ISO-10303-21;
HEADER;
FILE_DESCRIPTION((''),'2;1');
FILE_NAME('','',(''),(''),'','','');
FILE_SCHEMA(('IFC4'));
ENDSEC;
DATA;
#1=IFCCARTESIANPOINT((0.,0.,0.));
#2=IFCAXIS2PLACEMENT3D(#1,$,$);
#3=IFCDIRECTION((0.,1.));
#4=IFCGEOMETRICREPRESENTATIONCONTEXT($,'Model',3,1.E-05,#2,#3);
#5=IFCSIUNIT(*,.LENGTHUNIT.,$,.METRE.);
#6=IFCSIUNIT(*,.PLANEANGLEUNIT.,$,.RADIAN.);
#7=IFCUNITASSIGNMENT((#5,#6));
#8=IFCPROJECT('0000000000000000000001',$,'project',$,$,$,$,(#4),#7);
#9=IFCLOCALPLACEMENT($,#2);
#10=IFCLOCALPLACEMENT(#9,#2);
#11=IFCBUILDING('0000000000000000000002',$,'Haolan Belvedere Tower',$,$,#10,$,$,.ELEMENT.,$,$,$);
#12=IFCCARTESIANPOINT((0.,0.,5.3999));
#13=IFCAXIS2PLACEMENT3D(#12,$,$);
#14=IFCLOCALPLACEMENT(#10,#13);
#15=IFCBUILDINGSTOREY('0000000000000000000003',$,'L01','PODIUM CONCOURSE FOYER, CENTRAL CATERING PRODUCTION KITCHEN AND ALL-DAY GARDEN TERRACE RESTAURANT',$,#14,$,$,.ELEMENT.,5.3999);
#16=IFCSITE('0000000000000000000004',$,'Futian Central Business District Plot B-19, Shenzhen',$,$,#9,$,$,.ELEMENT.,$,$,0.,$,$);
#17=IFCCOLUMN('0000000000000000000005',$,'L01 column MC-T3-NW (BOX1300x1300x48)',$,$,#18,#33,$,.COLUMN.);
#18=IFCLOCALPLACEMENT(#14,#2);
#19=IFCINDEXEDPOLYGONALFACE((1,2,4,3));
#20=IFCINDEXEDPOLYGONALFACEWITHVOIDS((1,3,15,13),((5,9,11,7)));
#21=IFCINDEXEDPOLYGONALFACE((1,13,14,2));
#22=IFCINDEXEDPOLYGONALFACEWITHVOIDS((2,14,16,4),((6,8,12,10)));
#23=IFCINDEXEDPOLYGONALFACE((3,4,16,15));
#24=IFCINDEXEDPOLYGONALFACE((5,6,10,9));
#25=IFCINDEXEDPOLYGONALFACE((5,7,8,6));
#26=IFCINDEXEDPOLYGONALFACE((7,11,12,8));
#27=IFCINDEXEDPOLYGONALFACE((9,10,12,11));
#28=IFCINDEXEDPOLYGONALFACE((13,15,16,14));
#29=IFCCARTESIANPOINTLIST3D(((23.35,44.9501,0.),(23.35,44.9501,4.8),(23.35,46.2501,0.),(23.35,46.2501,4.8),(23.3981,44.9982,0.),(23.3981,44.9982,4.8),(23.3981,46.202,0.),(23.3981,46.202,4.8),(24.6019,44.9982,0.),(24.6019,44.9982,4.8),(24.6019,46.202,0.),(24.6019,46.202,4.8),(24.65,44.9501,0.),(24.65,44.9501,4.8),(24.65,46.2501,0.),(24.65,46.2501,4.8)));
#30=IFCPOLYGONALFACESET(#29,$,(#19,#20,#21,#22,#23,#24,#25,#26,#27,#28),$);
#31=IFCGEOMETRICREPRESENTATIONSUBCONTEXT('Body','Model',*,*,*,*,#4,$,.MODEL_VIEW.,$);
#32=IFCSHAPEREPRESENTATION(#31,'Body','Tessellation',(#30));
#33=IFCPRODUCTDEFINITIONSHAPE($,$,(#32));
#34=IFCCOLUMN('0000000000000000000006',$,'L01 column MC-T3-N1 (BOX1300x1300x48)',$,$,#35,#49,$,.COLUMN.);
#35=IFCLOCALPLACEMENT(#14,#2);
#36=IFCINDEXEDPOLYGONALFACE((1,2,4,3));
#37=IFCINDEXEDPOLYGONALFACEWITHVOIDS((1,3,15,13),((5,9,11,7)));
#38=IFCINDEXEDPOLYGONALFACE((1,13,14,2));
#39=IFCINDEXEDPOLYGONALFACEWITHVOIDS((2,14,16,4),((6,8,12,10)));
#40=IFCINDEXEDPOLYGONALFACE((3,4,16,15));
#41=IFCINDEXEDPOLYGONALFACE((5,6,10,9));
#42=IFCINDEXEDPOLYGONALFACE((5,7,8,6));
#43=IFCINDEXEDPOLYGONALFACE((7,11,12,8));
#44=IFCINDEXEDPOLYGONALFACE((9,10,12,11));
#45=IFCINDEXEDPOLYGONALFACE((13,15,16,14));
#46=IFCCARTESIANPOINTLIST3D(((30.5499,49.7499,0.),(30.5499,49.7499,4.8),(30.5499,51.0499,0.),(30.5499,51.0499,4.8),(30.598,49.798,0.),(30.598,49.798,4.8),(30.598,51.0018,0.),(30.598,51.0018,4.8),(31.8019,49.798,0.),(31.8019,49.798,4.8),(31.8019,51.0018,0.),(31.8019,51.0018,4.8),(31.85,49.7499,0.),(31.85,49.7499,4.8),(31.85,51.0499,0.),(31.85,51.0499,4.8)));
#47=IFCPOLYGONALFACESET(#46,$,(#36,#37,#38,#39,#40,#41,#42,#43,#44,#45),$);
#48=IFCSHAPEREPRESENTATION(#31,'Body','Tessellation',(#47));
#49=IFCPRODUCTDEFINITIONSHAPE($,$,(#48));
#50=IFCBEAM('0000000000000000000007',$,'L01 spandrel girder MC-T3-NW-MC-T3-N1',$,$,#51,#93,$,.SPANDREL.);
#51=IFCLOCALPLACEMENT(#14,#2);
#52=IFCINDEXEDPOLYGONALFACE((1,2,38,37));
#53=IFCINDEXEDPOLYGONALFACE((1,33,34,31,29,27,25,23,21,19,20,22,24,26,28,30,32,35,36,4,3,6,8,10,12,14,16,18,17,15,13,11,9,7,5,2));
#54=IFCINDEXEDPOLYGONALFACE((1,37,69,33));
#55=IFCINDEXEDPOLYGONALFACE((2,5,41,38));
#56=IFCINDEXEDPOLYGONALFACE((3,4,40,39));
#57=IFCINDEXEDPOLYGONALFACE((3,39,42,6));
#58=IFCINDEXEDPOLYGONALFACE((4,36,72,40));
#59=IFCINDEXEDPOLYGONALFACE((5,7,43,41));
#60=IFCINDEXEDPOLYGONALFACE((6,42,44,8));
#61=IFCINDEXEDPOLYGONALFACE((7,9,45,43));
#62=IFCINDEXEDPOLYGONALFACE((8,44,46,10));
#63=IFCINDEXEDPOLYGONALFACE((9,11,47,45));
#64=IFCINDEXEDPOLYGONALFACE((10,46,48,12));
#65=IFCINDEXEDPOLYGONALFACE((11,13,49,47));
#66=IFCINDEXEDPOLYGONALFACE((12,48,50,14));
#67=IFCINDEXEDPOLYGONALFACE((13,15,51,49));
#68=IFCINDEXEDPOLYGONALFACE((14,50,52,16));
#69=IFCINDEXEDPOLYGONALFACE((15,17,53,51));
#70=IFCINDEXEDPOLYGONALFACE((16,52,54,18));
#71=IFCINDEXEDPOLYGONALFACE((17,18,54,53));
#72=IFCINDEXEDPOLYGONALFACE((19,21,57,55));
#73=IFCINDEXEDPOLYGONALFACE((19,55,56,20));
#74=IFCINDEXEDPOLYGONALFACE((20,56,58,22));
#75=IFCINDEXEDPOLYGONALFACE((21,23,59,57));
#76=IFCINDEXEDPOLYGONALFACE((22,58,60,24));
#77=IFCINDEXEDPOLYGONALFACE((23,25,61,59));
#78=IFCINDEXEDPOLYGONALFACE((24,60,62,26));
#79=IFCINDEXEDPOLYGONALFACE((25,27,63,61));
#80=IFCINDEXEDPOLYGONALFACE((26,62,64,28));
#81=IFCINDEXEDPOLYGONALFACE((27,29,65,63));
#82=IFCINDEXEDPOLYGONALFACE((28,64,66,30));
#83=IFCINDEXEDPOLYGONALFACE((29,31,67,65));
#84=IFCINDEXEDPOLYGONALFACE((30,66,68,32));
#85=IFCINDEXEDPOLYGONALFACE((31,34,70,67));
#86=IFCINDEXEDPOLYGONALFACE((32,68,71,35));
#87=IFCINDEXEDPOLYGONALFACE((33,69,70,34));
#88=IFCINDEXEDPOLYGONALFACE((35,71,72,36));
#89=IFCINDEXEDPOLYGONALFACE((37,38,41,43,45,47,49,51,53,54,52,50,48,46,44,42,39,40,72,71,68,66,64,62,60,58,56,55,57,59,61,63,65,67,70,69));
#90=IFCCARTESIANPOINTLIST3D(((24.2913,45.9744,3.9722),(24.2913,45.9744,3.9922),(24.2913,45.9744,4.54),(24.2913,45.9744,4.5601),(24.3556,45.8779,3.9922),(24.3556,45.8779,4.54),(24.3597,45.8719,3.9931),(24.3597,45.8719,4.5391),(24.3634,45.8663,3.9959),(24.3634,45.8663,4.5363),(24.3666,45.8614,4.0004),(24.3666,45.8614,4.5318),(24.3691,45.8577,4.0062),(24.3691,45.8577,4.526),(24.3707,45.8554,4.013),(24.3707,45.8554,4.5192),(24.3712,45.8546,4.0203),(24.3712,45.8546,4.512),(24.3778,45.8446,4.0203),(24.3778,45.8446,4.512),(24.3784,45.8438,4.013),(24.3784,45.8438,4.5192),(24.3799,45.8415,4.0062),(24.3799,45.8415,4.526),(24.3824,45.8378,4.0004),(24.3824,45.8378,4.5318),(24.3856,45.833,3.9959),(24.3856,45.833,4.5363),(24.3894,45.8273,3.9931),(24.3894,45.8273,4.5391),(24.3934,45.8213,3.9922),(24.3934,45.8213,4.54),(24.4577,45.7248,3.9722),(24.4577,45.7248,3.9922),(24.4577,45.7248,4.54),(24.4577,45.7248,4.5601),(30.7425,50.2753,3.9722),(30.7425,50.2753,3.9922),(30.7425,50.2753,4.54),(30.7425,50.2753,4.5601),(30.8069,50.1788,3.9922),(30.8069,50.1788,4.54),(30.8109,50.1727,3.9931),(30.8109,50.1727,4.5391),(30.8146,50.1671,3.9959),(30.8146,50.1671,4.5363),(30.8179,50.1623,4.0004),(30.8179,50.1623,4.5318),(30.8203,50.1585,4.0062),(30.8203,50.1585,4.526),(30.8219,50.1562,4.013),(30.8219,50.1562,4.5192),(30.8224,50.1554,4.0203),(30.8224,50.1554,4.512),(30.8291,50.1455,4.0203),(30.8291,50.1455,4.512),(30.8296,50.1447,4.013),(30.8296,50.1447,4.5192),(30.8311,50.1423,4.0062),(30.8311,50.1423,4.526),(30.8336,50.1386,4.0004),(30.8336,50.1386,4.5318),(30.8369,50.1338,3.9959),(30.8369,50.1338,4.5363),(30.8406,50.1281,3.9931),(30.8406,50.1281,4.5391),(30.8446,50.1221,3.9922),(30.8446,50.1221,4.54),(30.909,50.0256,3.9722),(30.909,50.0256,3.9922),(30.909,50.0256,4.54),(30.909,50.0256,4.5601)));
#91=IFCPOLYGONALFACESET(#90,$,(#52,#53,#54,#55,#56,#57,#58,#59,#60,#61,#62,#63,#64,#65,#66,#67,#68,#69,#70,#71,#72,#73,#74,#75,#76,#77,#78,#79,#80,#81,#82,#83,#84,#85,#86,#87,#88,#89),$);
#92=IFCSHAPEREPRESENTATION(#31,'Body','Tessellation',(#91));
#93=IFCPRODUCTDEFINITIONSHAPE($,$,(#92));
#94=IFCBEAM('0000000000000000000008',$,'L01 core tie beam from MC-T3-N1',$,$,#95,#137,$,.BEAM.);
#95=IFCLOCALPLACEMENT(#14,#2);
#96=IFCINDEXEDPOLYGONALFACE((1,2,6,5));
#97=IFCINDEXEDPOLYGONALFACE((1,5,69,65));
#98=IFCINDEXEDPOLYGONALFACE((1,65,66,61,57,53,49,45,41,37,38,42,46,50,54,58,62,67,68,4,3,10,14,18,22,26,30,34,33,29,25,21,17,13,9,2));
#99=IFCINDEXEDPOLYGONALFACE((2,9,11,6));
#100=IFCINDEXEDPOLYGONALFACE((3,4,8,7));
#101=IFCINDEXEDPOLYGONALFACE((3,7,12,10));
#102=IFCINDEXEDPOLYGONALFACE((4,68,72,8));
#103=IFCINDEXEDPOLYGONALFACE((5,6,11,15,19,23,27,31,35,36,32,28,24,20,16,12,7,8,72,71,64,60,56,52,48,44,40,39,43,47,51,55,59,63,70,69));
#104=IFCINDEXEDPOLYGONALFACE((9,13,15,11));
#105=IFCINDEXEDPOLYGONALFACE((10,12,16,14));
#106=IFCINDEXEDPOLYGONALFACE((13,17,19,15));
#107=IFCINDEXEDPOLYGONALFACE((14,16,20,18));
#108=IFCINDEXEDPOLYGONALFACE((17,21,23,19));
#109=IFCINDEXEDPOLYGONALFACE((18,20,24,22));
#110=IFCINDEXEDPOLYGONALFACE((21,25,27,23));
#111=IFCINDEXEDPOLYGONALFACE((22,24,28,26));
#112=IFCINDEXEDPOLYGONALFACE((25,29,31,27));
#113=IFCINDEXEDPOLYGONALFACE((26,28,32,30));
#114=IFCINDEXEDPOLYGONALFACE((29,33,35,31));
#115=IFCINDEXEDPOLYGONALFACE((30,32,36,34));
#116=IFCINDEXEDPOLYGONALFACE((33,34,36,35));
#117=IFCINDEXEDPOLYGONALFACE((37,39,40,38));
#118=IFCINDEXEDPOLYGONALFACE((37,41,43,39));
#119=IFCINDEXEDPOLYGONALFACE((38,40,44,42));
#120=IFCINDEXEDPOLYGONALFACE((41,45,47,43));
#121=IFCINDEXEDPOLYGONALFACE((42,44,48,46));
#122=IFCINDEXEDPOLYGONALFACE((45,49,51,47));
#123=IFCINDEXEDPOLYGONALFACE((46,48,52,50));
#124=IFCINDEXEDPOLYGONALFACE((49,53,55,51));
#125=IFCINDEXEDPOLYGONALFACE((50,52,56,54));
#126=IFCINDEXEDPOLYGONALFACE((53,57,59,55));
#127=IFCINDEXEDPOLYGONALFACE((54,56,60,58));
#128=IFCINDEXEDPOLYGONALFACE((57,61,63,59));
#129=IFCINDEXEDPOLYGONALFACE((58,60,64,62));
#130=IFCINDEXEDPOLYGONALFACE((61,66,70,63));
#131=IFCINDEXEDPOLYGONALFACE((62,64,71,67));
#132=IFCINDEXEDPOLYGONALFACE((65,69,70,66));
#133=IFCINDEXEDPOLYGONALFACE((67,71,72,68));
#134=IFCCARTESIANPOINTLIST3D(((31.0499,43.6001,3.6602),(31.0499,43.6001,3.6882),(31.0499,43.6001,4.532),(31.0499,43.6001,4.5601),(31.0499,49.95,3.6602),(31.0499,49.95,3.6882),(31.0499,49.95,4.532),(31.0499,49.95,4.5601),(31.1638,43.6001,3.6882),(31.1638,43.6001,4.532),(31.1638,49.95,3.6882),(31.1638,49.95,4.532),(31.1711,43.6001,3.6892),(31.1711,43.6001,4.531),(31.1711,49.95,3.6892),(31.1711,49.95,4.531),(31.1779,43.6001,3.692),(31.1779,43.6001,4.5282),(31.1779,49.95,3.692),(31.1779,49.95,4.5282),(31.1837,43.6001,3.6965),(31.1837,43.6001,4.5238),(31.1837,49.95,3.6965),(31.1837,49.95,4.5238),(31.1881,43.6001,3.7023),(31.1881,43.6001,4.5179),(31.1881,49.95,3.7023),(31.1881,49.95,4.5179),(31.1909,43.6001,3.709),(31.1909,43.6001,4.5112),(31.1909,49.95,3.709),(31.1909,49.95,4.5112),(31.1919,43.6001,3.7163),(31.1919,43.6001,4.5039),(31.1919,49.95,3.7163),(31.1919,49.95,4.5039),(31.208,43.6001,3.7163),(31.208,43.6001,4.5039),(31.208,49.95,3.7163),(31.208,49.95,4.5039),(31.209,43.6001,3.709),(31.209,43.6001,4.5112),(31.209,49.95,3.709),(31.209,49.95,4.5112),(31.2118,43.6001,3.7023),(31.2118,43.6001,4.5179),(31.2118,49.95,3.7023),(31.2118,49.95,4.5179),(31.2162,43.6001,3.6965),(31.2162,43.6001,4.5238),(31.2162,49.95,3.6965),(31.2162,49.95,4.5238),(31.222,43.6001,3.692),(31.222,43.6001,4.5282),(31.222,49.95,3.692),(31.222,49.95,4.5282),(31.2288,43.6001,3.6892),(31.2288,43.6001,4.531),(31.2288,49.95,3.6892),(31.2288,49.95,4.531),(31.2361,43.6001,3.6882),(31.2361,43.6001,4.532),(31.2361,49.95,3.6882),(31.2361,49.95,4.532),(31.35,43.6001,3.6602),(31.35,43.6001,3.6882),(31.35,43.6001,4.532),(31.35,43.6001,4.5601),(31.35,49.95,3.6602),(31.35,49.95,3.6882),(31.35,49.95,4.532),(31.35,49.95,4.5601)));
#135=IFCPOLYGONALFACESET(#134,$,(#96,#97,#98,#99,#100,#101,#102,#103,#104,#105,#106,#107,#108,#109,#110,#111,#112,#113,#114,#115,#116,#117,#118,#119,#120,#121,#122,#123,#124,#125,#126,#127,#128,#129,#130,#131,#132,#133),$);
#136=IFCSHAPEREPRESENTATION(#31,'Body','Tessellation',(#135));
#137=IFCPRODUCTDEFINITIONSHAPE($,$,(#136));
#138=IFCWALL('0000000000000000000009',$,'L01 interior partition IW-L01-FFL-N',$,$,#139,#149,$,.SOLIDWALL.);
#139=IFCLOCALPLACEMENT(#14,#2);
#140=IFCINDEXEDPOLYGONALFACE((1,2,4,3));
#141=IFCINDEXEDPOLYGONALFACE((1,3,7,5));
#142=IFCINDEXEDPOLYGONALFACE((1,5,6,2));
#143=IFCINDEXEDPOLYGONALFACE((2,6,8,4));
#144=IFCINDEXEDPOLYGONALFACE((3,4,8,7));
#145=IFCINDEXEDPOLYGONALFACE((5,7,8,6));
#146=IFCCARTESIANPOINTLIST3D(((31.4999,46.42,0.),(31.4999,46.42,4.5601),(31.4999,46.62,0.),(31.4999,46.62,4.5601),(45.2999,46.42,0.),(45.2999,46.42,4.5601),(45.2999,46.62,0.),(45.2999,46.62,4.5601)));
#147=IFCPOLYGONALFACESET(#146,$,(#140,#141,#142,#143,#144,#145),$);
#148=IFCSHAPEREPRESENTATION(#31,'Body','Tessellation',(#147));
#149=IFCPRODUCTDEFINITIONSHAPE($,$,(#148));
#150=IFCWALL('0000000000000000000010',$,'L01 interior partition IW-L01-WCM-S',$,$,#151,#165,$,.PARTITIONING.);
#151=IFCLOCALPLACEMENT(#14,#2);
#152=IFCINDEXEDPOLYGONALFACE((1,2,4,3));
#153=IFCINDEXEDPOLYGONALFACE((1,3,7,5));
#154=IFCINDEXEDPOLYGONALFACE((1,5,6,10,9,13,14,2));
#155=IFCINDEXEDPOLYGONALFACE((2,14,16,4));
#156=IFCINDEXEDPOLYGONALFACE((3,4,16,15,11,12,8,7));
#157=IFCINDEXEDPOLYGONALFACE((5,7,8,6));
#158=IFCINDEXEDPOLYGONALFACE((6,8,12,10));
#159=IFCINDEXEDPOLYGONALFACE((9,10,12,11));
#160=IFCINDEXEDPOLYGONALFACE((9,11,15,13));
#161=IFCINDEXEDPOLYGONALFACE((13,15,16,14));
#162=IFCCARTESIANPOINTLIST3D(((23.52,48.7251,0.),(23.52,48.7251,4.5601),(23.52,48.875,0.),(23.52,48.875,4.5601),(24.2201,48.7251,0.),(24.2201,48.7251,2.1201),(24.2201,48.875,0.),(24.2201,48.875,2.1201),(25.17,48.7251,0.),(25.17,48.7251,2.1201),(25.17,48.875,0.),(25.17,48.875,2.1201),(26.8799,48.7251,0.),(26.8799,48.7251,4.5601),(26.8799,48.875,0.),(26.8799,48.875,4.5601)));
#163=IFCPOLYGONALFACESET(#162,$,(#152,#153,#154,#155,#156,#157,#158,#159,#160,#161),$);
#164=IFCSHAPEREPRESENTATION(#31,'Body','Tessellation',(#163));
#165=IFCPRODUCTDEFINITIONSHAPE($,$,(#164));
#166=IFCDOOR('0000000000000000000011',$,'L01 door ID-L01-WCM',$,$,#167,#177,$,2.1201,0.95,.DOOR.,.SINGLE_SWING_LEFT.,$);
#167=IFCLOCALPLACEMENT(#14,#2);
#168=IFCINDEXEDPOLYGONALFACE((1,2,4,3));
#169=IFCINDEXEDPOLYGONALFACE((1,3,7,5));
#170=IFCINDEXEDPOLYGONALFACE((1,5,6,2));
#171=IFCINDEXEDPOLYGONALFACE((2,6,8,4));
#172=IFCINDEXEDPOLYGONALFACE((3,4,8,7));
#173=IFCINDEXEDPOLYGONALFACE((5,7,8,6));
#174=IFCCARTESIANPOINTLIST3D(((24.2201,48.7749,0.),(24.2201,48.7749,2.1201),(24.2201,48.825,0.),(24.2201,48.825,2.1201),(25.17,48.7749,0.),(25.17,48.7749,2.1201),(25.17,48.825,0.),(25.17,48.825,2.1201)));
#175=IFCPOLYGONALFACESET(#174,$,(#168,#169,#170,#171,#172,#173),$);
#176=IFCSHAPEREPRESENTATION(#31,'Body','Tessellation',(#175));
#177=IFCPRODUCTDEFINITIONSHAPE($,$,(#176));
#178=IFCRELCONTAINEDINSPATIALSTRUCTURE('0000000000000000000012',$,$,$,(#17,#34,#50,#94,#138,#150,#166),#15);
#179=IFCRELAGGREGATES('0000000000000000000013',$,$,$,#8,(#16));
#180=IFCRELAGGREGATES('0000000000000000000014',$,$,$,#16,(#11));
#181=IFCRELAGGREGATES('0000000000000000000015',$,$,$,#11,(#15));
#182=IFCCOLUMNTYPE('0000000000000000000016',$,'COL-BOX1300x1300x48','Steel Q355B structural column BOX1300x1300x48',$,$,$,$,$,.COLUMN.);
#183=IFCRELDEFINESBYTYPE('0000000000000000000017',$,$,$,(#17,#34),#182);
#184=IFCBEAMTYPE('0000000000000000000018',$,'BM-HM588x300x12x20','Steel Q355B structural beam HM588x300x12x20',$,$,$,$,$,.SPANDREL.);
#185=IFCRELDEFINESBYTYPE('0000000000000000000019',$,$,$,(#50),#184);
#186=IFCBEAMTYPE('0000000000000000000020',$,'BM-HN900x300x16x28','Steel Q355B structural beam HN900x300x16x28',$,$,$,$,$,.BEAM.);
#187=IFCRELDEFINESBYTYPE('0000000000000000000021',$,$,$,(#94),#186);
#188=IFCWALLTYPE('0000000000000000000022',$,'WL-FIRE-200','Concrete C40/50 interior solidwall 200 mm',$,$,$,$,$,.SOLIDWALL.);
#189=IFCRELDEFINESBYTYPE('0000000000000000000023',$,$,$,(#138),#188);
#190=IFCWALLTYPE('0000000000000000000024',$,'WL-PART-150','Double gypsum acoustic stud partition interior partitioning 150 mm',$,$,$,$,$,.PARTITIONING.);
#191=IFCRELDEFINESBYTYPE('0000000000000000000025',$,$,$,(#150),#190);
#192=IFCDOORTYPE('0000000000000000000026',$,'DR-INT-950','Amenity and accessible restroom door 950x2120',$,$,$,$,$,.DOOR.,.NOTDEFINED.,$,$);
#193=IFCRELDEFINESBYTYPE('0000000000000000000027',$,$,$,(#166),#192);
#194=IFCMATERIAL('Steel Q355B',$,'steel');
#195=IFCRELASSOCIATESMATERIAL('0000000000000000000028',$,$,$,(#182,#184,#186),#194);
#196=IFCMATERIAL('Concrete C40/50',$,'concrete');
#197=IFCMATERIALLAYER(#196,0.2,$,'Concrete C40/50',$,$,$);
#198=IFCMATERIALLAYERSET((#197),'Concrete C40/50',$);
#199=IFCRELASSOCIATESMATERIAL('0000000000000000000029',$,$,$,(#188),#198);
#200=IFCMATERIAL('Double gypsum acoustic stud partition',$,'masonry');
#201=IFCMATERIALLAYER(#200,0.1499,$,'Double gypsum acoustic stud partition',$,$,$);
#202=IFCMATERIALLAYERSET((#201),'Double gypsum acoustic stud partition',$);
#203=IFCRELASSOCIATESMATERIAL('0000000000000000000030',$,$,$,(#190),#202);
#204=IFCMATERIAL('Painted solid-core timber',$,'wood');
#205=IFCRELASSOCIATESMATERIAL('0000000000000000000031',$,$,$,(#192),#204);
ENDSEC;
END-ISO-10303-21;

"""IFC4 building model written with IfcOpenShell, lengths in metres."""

from ifc_helpers import new_model, si_unit, direction, frame, frame_2d, origin, origin_2d, place, context, subcontext, project, spatial, rectangle, hollow_rectangle, i_section, extrude, material, layer, layer_set, material_profile, profile_set, type_object, element, fill, save


model = new_model("IFC4")

# Units and contexts
model_context = context("Model", 3, precision=1e-05, world=origin(), true_north=direction((0.0, 1.0)))
body_context = subcontext(model_context, "Body", "Model", "MODEL_VIEW")
ifc_project = project(units=[si_unit("LENGTHUNIT", "METRE"), si_unit("PLANEANGLEUNIT", "RADIAN")], contexts=[model_context])

# Site, building, storey
site_placement = place(None, origin())
site = spatial("IfcSite", under=ifc_project, at=site_placement, Name="Futian Central Business District Plot B-19, Shenzhen", CompositionType="ELEMENT", RefElevation=0.0)
building_placement = place(site_placement, origin())
building = spatial("IfcBuilding", under=site, at=building_placement, Name="Haolan Belvedere Tower", CompositionType="ELEMENT")
storey_placement = place(building_placement, frame((0.0, 0.0, 5.3999)))
storey = spatial("IfcBuildingStorey", under=building, at=storey_placement, Name="L01", Description="PODIUM CONCOURSE FOYER, CENTRAL CATERING PRODUCTION KITCHEN AND ALL-DAY GARDEN TERRACE RESTAURANT", CompositionType="ELEMENT", Elevation=5.3999)

# Columns
ifc_material_1 = material(Name="Steel Q355B", Category="steel")
ifc_material_profile_1 = material_profile(ifc_material_1, hollow_rectangle(XDim=1.3, YDim=1.3, WallThickness=0.0481, at=origin_2d()), Name="Steel Q355B")
ifc_profile_set_1 = profile_set([ifc_material_profile_1], Name="Steel Q355B")
column_type = type_object("IfcColumnType", Name="COL-BOX1300x1300x48", Description="Steel Q355B structural column BOX1300x1300x48", PredefinedType="COLUMN", material=ifc_profile_set_1)
for number, where, z_axis, x_axis, name in (
    (1, (24.0, 45.6001, 0.0), (0.0, 0.0, 1.0), (1.0, 0.0, 0.0), "L01 column MC-T3-NW (BOX1300x1300x48)"),
    (2, (31.2, 50.3999, 0.0), (0.0, 0.0, 1.0), (1.0, 0.0, 0.0), "L01 column MC-T3-N1 (BOX1300x1300x48)"),
):
    element("IfcColumn", number, at=place(storey_placement, frame(where, z_axis=z_axis, x_axis=x_axis)), inside=storey, type_object=column_type, Name=name, PredefinedType="COLUMN", context=body_context, shape_type="SweptSolid", body=[
        extrude(hollow_rectangle(XDim=1.3, YDim=1.3, WallThickness=0.0481, at=origin_2d()), origin(), (0.0, 0.0, 1.0), 4.8),
    ])

# Beams
ifc_material_profile_2 = material_profile(ifc_material_1, i_section(OverallWidth=0.3, OverallDepth=0.5879, WebThickness=0.012, FlangeThickness=0.02, FilletRadius=0.0281, at=origin_2d()), Name="Steel Q355B")
ifc_profile_set_2 = profile_set([ifc_material_profile_2], Name="Steel Q355B")
beam_type_1 = type_object("IfcBeamType", Name="BM-HM588x300x12x20", Description="Steel Q355B structural beam HM588x300x12x20", PredefinedType="SPANDREL", material=ifc_profile_set_2)
beam_1_placement = place(storey_placement, frame((24.3745, 45.8496, 4.2661), z_axis=(0.83205, 0.5547, 0.0), x_axis=(-0.5547, 0.83205, 0.0)))
element("IfcBeam", 3, at=beam_1_placement, inside=storey, type_object=beam_type_1, Name="L01 spandrel girder MC-T3-NW-MC-T3-N1", PredefinedType="SPANDREL", context=body_context, shape_type="SweptSolid", body=[
    extrude(i_section(OverallWidth=0.3, OverallDepth=0.5879, WebThickness=0.012, FlangeThickness=0.02, FilletRadius=0.0281, at=origin_2d()), origin(), (0.0, 0.0, 1.0), 7.7534),
])
ifc_material_profile_3 = material_profile(ifc_material_1, i_section(OverallWidth=0.3, OverallDepth=0.8999, WebThickness=0.0161, FlangeThickness=0.0281, FilletRadius=0.0281, at=origin_2d()), Name="Steel Q355B")
ifc_profile_set_3 = profile_set([ifc_material_profile_3], Name="Steel Q355B")
beam_type_2 = type_object("IfcBeamType", Name="BM-HN900x300x16x28", Description="Steel Q355B structural beam HN900x300x16x28", PredefinedType="BEAM", material=ifc_profile_set_3)
beam_2_placement = place(storey_placement, frame((31.2, 49.95, 4.1101), z_axis=(0.0, -1.0, 0.0), x_axis=(1.0, 0.0, 0.0)))
element("IfcBeam", 4, at=beam_2_placement, inside=storey, type_object=beam_type_2, Name="L01 core tie beam from MC-T3-N1", PredefinedType="BEAM", context=body_context, shape_type="SweptSolid", body=[
    extrude(i_section(OverallWidth=0.3, OverallDepth=0.8999, WebThickness=0.0161, FlangeThickness=0.0281, FilletRadius=0.0281, at=origin_2d()), origin(), (0.0, 0.0, 1.0), 6.3499),
])

# Wall
ifc_material_2 = material(Name="Concrete C40/50", Category="concrete")
ifc_layer_1 = layer(ifc_material_2, 0.2, Name="Concrete C40/50")
ifc_layer_set_1 = layer_set([ifc_layer_1], Name="Concrete C40/50")
wall_type_1 = type_object("IfcWallType", Name="WL-FIRE-200", Description="Concrete C40/50 interior solidwall 200 mm", PredefinedType="SOLIDWALL", material=ifc_layer_set_1)
wall_1_placement = place(storey_placement, frame((31.5, 46.52, 0.0), z_axis=(0.0, 0.0, 1.0), x_axis=(1.0, 0.0, 0.0)))
element("IfcWall", 5, at=wall_1_placement, inside=storey, type_object=wall_type_1, Name="L01 interior partition IW-L01-FFL-N", PredefinedType="SOLIDWALL", context=body_context, shape_type="SweptSolid", body=[
    extrude(rectangle(XDim=13.8, YDim=0.2, at=frame_2d((6.8999, 0.0))), origin(), (0.0, 0.0, 1.0), 4.5601),
])

# Wall, opening, door
ifc_material_3 = material(Name="Double gypsum acoustic stud partition", Category="masonry")
ifc_layer_2 = layer(ifc_material_3, 0.1499, Name="Double gypsum acoustic stud partition")
ifc_layer_set_2 = layer_set([ifc_layer_2], Name="Double gypsum acoustic stud partition")
wall_type_2 = type_object("IfcWallType", Name="WL-PART-150", Description="Double gypsum acoustic stud partition interior partitioning 150 mm", PredefinedType="PARTITIONING", material=ifc_layer_set_2)
wall_2_placement = place(storey_placement, frame((23.52, 48.8, 0.0), z_axis=(0.0, 0.0, 1.0), x_axis=(1.0, 0.0, 0.0)))
wall_2 = element("IfcWall", 6, at=wall_2_placement, inside=storey, type_object=wall_type_2, Name="L01 interior partition IW-L01-WCM-S", PredefinedType="PARTITIONING", context=body_context, shape_type="SweptSolid", body=[
    extrude(rectangle(XDim=3.3599, YDim=0.1499, at=frame_2d((1.6799, 0.0))), origin(), (0.0, 0.0, 1.0), 4.5601),
])
opening_1_placement = place(wall_2_placement, frame((0.7, 0.0, 0.0)))
opening_1 = element("IfcOpeningElement", 7, at=opening_1_placement, cuts=wall_2, PredefinedType="OPENING", context=body_context, shape_type="SweptSolid", body=[
    extrude(rectangle(XDim=0.95, YDim=2.1201, at=frame_2d((0.4751, 1.0601))), frame((0.0, 0.085, 0.0), z_axis=(0.0, -1.0, 0.0), x_axis=(1.0, 0.0, 0.0)), (0.0, 0.0, 1.0), 0.1699),
])
ifc_material_4 = material(Name="Painted solid-core timber", Category="wood")
door_type_1 = type_object("IfcDoorType", Name="DR-INT-950", Description="Amenity and accessible restroom door 950x2120", OperationType="NOTDEFINED", PredefinedType="DOOR", material=ifc_material_4)
door_1_placement = place(opening_1_placement, origin())
door_1 = element("IfcDoor", 8, at=door_1_placement, inside=storey, type_object=door_type_1, Name="L01 door ID-L01-WCM", OperationType="SINGLE_SWING_LEFT", OverallHeight=2.1201, OverallWidth=0.95, PredefinedType="DOOR", context=body_context, shape_type="SweptSolid", body=[
    extrude(rectangle(XDim=0.95, YDim=2.1201, at=frame_2d((0.4751, 1.0601))), frame((0.0, 0.0249, 0.0), z_axis=(0.0, -1.0, 0.0), x_axis=(1.0, 0.0, 0.0)), (0.0, 0.0, 1.0), 0.05),
])
fill(opening_1, door_1)

save(model, "model.ifc")
